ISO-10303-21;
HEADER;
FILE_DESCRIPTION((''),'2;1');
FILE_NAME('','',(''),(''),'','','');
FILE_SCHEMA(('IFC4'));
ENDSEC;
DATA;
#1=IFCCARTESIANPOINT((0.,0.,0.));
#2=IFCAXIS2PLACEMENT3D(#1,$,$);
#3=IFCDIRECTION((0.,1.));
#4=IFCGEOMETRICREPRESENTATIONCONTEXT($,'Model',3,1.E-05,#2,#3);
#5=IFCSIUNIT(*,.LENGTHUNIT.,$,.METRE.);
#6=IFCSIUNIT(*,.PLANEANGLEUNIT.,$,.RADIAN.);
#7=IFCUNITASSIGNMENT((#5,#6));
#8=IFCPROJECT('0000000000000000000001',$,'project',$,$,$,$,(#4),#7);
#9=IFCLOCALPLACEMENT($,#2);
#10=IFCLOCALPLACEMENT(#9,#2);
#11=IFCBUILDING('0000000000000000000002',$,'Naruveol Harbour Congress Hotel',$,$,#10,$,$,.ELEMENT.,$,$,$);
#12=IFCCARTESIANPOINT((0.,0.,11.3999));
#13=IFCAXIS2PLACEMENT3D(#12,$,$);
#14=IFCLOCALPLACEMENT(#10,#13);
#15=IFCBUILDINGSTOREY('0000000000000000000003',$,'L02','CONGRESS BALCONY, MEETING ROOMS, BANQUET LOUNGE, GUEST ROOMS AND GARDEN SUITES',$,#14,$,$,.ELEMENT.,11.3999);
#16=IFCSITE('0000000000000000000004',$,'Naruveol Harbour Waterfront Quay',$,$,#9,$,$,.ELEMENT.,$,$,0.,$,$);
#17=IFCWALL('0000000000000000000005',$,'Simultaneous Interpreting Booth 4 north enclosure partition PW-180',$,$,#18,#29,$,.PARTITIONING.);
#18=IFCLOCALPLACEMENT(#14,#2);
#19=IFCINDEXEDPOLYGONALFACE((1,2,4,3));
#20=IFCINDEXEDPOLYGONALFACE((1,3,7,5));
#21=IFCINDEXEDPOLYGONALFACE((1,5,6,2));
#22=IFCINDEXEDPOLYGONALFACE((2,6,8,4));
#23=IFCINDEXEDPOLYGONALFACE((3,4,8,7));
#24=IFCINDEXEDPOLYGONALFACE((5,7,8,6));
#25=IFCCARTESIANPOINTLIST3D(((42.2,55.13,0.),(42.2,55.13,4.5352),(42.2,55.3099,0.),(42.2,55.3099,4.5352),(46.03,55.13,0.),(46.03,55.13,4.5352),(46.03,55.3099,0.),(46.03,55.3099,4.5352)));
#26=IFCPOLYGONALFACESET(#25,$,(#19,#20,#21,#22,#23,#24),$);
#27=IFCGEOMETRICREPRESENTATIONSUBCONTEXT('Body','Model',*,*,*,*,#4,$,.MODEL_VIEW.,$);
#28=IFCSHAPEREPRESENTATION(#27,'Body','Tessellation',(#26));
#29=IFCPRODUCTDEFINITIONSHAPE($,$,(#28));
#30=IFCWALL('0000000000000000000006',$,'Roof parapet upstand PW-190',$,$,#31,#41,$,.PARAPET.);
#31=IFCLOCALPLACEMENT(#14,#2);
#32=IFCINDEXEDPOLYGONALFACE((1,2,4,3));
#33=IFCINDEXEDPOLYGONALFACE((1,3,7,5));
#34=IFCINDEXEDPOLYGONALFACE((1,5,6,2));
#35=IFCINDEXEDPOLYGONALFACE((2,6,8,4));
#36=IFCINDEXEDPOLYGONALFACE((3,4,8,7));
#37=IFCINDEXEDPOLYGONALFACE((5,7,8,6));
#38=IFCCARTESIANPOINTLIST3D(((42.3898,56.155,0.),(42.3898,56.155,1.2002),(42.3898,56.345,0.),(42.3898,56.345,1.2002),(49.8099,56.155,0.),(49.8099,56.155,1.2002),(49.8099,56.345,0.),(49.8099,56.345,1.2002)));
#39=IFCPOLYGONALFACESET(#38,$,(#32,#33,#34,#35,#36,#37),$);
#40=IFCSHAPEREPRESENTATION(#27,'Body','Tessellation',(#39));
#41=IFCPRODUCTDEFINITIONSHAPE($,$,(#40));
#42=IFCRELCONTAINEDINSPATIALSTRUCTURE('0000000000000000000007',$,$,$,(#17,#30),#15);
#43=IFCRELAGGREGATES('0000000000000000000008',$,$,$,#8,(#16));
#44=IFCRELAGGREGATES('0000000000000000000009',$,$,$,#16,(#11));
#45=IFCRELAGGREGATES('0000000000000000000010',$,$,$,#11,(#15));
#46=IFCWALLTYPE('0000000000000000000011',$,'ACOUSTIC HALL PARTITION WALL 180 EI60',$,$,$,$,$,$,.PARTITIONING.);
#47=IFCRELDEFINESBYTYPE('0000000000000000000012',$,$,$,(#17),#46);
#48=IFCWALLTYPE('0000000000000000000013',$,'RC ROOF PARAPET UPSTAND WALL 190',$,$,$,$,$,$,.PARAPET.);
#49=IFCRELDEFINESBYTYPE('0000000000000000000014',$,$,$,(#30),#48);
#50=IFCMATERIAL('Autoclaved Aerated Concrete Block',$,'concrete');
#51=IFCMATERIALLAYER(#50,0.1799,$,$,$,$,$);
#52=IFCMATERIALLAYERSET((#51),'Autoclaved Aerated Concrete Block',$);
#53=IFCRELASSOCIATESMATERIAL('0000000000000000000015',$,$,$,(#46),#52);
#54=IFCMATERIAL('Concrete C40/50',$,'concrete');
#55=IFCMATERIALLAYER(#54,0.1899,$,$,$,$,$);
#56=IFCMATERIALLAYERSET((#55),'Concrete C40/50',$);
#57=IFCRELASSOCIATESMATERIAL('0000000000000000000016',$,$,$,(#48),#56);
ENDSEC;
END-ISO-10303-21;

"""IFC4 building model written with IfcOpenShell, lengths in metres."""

from ifc_helpers import new_model, si_unit, direction, frame, frame_2d, origin, place, context, subcontext, project, spatial, rectangle, extrude, material, layer, layer_set, type_object, element, save


model = new_model("IFC4")

# Units and contexts
model_context = context("Model", 3, precision=1e-05, world=origin(), true_north=direction((0.0, 1.0)))
body_context = subcontext(model_context, "Body", "Model", "MODEL_VIEW")
ifc_project = project(units=[si_unit("LENGTHUNIT", "METRE"), si_unit("PLANEANGLEUNIT", "RADIAN")], contexts=[model_context])

# Site, building, storey
site_placement = place(None, origin())
site = spatial("IfcSite", under=ifc_project, at=site_placement, Name="Naruveol Harbour Waterfront Quay", CompositionType="ELEMENT", RefElevation=0.0)
building_placement = place(site_placement, origin())
building = spatial("IfcBuilding", under=site, at=building_placement, Name="Naruveol Harbour Congress Hotel", CompositionType="ELEMENT")
storey_placement = place(building_placement, frame((0.0, 0.0, 11.3999)))
storey = spatial("IfcBuildingStorey", under=building, at=storey_placement, Name="L02", Description="CONGRESS BALCONY, MEETING ROOMS, BANQUET LOUNGE, GUEST ROOMS AND GARDEN SUITES", CompositionType="ELEMENT", Elevation=11.3999)

# Shared definitions
ifc_material_1 = material(Name="Autoclaved Aerated Concrete Block", Category="concrete")
ifc_layer_1 = layer(ifc_material_1, 0.1799)
ifc_layer_set_1 = layer_set([ifc_layer_1], Name="Autoclaved Aerated Concrete Block")
wall_type_1 = type_object("IfcWallType", Name="ACOUSTIC HALL PARTITION WALL 180 EI60", PredefinedType="PARTITIONING", material=ifc_layer_set_1)

# Walls
wall_1_placement = place(storey_placement, frame((42.2, 55.22, 0.0), z_axis=(0.0, 0.0, 1.0), x_axis=(1.0, 0.0, 0.0)))
element("IfcWall", 1, at=wall_1_placement, inside=storey, type_object=wall_type_1, Name="Simultaneous Interpreting Booth 4 north enclosure partition PW-180", PredefinedType="PARTITIONING", context=body_context, shape_type="SweptSolid", body=[
    extrude(rectangle(XDim=3.8301, YDim=0.1799, at=frame_2d((1.915, 0.0))), origin(), (0.0, 0.0, 1.0), 4.5352),
])
ifc_material_2 = material(Name="Concrete C40/50", Category="concrete")
ifc_layer_2 = layer(ifc_material_2, 0.1899)
ifc_layer_set_2 = layer_set([ifc_layer_2], Name="Concrete C40/50")
wall_type_2 = type_object("IfcWallType", Name="RC ROOF PARAPET UPSTAND WALL 190", PredefinedType="PARAPET", material=ifc_layer_set_2)
wall_2_placement = place(storey_placement, frame((42.3899, 56.25, 0.0), z_axis=(0.0, 0.0, 1.0), x_axis=(1.0, 0.0, 0.0)))
element("IfcWall", 2, at=wall_2_placement, inside=storey, type_object=wall_type_2, Name="Roof parapet upstand PW-190", PredefinedType="PARAPET", context=body_context, shape_type="SweptSolid", body=[
    extrude(rectangle(XDim=7.4202, YDim=0.1899, at=frame_2d((3.71, 0.0))), origin(), (0.0, 0.0, 1.0), 1.2002),
])

save(model, "model.ifc")
